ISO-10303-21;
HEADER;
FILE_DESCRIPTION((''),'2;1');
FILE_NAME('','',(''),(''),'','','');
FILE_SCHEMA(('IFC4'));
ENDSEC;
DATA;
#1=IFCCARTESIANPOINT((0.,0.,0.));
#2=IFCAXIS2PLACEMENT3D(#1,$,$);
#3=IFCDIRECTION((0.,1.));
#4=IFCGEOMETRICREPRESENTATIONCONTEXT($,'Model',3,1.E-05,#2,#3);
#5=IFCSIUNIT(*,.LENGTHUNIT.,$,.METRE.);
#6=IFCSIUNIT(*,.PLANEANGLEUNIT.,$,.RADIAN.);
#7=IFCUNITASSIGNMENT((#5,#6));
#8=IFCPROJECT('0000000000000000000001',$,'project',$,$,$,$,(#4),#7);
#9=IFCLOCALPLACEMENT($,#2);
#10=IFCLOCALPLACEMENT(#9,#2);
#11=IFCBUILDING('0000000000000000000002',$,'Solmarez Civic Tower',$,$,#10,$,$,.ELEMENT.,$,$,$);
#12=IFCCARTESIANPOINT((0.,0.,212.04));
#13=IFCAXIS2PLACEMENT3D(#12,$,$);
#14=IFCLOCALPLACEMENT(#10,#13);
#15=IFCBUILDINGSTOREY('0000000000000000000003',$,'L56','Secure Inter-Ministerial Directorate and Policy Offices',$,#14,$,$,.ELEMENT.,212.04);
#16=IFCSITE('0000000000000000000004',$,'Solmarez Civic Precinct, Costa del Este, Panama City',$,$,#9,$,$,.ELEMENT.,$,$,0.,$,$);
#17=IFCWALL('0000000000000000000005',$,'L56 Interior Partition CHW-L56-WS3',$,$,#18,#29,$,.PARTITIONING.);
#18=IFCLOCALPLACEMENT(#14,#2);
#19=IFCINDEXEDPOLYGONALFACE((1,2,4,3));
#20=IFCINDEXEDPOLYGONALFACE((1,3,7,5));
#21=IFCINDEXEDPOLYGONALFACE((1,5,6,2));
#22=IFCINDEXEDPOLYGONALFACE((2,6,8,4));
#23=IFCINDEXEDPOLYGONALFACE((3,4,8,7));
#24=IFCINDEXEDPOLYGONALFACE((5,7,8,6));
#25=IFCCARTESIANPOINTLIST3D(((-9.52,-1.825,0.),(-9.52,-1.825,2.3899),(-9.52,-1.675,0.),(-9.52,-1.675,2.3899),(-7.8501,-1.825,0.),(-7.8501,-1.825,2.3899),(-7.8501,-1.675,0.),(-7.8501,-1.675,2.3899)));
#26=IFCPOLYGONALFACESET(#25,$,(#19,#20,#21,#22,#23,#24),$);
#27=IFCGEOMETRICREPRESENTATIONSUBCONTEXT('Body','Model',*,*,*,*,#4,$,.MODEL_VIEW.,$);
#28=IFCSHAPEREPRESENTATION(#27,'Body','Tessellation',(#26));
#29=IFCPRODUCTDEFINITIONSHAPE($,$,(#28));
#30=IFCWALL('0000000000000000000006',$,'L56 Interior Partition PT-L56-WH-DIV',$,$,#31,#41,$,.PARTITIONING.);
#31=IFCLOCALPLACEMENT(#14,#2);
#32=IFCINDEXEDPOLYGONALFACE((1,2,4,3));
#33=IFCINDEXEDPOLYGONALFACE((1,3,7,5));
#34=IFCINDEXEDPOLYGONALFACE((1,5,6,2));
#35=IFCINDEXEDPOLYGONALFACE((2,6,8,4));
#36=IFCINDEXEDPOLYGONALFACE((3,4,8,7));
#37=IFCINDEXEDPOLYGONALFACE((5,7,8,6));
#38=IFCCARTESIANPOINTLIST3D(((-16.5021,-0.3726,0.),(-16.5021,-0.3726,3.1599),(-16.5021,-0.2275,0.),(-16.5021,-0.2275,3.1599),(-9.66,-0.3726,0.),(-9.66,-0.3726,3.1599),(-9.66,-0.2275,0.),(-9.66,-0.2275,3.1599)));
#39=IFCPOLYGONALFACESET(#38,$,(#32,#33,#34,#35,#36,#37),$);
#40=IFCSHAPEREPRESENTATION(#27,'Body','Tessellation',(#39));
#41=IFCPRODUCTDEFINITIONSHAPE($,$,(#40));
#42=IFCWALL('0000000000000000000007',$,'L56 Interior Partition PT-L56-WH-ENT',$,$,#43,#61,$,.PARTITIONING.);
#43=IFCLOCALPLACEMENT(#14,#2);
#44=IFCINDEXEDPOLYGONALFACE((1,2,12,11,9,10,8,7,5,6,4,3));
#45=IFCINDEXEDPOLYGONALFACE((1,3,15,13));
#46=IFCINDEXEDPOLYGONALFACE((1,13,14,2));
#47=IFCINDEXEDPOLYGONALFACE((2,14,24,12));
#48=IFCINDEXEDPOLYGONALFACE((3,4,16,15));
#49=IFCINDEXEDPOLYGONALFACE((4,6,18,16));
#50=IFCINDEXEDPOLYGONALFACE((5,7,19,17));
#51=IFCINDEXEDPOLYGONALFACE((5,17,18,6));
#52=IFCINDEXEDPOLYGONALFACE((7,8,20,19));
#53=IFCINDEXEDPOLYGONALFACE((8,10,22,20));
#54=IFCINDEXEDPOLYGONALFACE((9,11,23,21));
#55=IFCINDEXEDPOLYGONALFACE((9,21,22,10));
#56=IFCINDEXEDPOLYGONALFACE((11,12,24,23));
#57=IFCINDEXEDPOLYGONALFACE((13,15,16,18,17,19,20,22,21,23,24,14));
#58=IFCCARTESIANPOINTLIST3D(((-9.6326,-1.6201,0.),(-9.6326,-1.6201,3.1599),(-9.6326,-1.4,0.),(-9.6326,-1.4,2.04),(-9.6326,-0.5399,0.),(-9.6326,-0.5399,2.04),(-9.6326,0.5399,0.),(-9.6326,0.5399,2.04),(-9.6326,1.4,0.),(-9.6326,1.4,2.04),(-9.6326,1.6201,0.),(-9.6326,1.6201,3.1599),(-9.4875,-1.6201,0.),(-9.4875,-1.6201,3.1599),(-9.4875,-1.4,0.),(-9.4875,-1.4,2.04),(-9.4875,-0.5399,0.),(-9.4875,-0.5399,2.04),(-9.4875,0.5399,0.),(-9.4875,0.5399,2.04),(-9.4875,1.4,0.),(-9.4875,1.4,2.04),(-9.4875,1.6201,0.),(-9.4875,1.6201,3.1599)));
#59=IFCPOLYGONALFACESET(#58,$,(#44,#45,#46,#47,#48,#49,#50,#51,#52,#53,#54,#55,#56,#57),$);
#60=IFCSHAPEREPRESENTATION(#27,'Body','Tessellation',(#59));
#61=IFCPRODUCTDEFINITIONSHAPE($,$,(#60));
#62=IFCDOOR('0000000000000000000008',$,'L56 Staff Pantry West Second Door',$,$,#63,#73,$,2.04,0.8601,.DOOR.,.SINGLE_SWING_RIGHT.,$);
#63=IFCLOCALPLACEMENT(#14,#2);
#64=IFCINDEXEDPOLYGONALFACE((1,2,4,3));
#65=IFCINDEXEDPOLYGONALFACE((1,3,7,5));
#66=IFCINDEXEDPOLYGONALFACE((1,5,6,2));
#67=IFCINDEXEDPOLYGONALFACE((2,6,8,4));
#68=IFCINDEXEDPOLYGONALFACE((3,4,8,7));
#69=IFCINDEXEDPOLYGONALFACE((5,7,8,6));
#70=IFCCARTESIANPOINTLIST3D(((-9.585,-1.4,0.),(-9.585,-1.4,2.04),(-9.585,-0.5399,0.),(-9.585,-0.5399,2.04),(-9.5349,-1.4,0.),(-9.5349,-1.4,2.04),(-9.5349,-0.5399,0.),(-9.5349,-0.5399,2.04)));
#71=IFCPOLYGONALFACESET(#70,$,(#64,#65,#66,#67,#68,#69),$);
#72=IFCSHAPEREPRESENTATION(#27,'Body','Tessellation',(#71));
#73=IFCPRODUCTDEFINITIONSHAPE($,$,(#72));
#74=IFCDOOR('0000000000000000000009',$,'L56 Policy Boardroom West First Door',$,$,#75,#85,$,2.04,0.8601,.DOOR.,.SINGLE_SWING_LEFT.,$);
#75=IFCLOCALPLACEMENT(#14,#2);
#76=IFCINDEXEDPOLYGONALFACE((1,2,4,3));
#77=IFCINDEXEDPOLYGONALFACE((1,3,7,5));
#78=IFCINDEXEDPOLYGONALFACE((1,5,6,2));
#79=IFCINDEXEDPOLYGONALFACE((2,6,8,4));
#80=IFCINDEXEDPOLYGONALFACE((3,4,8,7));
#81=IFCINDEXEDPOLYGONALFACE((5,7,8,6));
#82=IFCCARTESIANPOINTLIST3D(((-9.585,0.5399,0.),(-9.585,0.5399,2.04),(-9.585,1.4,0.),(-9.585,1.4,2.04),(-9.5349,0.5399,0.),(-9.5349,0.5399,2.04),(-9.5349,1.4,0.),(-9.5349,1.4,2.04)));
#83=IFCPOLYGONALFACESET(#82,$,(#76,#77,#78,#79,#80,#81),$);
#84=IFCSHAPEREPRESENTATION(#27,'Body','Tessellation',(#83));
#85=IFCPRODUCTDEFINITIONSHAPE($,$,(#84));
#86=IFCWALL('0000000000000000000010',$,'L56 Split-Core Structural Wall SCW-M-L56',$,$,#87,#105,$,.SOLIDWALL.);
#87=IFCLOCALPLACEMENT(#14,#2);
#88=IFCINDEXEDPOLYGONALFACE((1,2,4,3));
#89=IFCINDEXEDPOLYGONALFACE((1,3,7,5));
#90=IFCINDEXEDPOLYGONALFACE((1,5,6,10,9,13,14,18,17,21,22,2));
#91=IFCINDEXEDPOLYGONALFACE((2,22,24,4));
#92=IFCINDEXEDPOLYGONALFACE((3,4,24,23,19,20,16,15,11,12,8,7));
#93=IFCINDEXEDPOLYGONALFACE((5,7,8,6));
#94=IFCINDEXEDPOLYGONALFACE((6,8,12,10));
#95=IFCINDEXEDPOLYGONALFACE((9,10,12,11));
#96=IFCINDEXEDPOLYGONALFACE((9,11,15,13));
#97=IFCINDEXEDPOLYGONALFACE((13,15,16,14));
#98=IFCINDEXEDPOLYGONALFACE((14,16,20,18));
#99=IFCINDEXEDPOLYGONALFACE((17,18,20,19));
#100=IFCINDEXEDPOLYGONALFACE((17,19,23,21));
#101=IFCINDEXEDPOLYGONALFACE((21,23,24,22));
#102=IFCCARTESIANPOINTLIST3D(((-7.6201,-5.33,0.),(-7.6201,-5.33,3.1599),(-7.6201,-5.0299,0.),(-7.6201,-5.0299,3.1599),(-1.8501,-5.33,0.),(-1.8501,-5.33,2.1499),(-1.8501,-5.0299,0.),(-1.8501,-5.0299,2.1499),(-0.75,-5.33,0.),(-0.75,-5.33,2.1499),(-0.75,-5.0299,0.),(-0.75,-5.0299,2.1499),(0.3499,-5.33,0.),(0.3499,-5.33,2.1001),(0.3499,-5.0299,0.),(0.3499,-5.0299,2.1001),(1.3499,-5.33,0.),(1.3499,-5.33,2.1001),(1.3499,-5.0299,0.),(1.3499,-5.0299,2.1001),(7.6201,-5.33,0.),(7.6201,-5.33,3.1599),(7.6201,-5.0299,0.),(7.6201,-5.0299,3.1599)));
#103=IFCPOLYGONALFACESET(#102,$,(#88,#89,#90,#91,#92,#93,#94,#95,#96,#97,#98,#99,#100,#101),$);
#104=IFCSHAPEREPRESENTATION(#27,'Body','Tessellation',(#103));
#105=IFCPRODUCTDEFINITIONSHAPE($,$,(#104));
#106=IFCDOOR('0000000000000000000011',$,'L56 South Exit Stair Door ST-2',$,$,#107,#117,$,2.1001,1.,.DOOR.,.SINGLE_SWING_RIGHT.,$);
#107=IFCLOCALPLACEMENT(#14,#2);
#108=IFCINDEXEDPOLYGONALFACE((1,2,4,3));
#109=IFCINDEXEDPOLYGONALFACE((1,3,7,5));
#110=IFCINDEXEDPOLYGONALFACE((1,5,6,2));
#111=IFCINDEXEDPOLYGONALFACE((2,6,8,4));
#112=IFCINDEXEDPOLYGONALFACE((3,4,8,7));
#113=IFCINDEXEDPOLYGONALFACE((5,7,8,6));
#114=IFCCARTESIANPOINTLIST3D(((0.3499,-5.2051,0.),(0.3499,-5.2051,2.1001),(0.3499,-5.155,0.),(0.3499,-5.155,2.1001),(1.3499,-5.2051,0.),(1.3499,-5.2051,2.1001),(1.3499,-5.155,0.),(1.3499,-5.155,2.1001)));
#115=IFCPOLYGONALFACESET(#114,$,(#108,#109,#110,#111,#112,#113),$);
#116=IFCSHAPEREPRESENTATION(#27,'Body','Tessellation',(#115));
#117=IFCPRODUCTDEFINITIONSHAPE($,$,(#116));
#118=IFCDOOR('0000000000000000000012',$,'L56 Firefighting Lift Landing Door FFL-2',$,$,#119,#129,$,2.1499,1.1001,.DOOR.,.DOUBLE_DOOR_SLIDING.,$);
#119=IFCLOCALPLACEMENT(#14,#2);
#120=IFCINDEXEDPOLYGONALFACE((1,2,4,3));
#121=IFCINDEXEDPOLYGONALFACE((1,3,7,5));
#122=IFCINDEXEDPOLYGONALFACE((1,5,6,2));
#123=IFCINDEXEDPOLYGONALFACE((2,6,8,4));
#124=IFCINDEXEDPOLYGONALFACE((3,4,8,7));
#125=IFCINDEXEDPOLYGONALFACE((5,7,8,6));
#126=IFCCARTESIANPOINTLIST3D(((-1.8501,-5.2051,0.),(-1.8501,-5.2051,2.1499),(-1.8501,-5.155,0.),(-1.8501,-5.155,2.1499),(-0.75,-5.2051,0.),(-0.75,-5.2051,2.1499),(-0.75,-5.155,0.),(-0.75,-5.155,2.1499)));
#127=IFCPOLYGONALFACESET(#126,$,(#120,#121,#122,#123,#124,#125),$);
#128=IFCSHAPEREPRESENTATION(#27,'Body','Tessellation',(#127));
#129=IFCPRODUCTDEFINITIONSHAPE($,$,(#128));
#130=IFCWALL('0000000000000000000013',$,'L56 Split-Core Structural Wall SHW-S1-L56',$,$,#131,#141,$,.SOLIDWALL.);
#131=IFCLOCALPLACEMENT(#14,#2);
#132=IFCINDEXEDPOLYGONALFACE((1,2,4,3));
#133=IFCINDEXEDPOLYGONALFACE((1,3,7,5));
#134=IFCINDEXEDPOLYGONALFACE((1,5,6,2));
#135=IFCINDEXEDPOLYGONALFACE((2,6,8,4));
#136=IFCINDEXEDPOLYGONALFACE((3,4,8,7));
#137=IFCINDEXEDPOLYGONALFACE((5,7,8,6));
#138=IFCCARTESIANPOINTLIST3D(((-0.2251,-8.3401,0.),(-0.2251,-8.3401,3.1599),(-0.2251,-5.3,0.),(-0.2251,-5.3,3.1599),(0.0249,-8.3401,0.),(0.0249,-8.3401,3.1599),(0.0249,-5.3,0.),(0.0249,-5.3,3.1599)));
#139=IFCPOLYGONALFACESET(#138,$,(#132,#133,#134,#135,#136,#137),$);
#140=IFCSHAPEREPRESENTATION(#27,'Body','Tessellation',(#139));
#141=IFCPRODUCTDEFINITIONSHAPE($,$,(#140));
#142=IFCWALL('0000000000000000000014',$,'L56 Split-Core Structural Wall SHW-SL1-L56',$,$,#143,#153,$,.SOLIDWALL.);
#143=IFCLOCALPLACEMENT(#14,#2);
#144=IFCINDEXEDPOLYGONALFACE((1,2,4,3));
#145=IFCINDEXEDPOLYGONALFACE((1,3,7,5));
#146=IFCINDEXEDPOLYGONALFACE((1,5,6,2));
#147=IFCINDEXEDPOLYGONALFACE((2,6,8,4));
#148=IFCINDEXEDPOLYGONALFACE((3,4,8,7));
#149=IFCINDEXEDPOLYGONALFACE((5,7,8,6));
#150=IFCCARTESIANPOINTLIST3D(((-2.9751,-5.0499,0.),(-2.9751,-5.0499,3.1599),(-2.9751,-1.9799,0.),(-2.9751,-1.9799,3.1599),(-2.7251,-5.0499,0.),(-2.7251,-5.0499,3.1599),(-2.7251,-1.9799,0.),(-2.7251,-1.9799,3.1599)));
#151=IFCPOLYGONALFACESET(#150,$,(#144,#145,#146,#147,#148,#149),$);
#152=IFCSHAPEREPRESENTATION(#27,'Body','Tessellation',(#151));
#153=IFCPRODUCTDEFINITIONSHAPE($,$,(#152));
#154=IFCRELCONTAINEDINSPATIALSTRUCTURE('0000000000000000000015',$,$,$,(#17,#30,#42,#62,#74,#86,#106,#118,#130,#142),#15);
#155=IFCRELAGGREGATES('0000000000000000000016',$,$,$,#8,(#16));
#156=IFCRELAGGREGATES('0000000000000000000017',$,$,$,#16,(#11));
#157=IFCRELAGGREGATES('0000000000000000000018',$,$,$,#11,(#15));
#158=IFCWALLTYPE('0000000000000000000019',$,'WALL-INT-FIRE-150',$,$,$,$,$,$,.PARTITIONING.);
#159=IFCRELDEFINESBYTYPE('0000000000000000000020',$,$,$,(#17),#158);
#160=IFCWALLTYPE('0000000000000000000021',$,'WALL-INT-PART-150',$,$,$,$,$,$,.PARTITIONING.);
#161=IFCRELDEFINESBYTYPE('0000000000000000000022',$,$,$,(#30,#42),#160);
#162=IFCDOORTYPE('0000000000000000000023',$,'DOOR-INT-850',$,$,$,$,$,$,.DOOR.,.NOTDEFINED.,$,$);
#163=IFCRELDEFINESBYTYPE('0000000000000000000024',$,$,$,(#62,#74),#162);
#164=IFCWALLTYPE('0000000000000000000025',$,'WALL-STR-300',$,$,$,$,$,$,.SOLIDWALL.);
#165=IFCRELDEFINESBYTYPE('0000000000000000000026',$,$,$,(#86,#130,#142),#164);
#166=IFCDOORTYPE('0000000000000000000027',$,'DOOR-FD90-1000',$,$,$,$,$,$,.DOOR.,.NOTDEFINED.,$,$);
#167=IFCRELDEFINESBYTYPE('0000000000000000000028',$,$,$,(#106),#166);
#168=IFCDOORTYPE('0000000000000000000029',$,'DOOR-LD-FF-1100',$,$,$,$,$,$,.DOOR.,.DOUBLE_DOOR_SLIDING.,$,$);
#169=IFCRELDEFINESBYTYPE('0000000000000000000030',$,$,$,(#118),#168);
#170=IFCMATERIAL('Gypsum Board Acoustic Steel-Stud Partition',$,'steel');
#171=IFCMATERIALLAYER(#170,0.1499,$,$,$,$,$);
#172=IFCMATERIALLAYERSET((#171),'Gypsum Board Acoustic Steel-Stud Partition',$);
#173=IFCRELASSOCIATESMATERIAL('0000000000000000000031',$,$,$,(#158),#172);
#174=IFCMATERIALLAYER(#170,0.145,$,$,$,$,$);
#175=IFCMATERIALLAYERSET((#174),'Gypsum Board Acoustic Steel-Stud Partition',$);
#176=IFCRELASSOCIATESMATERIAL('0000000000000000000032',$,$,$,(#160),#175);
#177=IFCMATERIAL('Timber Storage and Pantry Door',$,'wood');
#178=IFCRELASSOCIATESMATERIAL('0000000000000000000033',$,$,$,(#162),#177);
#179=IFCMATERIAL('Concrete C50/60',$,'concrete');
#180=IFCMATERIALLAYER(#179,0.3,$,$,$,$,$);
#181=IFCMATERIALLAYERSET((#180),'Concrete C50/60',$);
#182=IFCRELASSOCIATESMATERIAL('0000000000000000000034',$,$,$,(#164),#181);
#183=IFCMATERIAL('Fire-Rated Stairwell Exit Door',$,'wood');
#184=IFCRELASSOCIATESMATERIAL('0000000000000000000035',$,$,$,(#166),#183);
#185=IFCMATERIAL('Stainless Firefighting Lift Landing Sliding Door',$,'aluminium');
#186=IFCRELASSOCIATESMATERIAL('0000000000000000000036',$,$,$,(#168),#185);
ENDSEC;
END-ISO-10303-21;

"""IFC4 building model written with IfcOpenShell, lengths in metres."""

from ifc_helpers import new_model, si_unit, direction, frame, frame_2d, origin, place, context, subcontext, project, spatial, rectangle, extrude, material, layer, layer_set, type_object, element, fill, save


model = new_model("IFC4")

# Units and contexts
model_context = context("Model", 3, precision=1e-05, world=origin(), true_north=direction((0.0, 1.0)))
body_context = subcontext(model_context, "Body", "Model", "MODEL_VIEW")
ifc_project = project(units=[si_unit("LENGTHUNIT", "METRE"), si_unit("PLANEANGLEUNIT", "RADIAN")], contexts=[model_context])

# Site, building, storey
site_placement = place(None, origin())
site = spatial("IfcSite", under=ifc_project, at=site_placement, Name="Solmarez Civic Precinct, Costa del Este, Panama City", CompositionType="ELEMENT", RefElevation=0.0)
building_placement = place(site_placement, origin())
building = spatial("IfcBuilding", under=site, at=building_placement, Name="Solmarez Civic Tower", CompositionType="ELEMENT")
storey_placement = place(building_placement, frame((0.0, 0.0, 212.04)))
storey = spatial("IfcBuildingStorey", under=building, at=storey_placement, Name="L56", Description="Secure Inter-Ministerial Directorate and Policy Offices", CompositionType="ELEMENT", Elevation=212.04)

# Shared definitions
ifc_material_1 = material(Name="Concrete C50/60", Category="concrete")

# Walls
ifc_material_2 = material(Name="Gypsum Board Acoustic Steel-Stud Partition", Category="steel")
ifc_layer_1 = layer(ifc_material_2, 0.1499)
ifc_layer_set_1 = layer_set([ifc_layer_1], Name="Gypsum Board Acoustic Steel-Stud Partition")
wall_type_1 = type_object("IfcWallType", Name="WALL-INT-FIRE-150", PredefinedType="PARTITIONING", material=ifc_layer_set_1)
wall_1_placement = place(storey_placement, frame((-7.8501, -1.75, 0.0), z_axis=(0.0, 0.0, 1.0), x_axis=(-1.0, 0.0, 0.0)))
element("IfcWall", 1, at=wall_1_placement, inside=storey, type_object=wall_type_1, Name="L56 Interior Partition CHW-L56-WS3", PredefinedType="PARTITIONING", context=body_context, shape_type="SweptSolid", body=[
    extrude(rectangle(XDim=1.6699, YDim=0.1499, at=frame_2d((0.835, 0.0))), origin(), (0.0, 0.0, 1.0), 2.3899),
])
ifc_layer_2 = layer(ifc_material_2, 0.145)
ifc_layer_set_2 = layer_set([ifc_layer_2], Name="Gypsum Board Acoustic Steel-Stud Partition")
wall_type_2 = type_object("IfcWallType", Name="WALL-INT-PART-150", PredefinedType="PARTITIONING", material=ifc_layer_set_2)
wall_2_placement = place(storey_placement, frame((-16.502, -0.3, 0.0), z_axis=(0.0, 0.0, 1.0), x_axis=(1.0, 0.0, 0.0)))
element("IfcWall", 2, at=wall_2_placement, inside=storey, type_object=wall_type_2, Name="L56 Interior Partition PT-L56-WH-DIV", PredefinedType="PARTITIONING", context=body_context, shape_type="SweptSolid", body=[
    extrude(rectangle(XDim=6.842, YDim=0.145, at=frame_2d((3.4209, 0.0))), origin(), (0.0, 0.0, 1.0), 3.1599),
])

# Walls, openings, doors
wall_3_placement = place(storey_placement, frame((-9.5601, -1.6201, 0.0), z_axis=(0.0, 0.0, 1.0), x_axis=(0.0, 1.0, 0.0)))
wall_3 = element("IfcWall", 3, at=wall_3_placement, inside=storey, type_object=wall_type_2, Name="L56 Interior Partition PT-L56-WH-ENT", PredefinedType="PARTITIONING", context=body_context, shape_type="SweptSolid", body=[
    extrude(rectangle(XDim=3.2402, YDim=0.145, at=frame_2d((1.6201, 0.0))), origin(), (0.0, 0.0, 1.0), 3.1599),
])
opening_1_placement = place(wall_3_placement, frame((0.22, 0.0, 0.0)))
opening_1 = element("IfcOpeningElement", 4, at=opening_1_placement, cuts=wall_3, PredefinedType="OPENING", context=body_context, shape_type="SweptSolid", body=[
    extrude(rectangle(XDim=0.8601, YDim=2.04, at=frame_2d((0.4302, 1.02))), frame((0.0, 0.0825, 0.0), z_axis=(0.0, -1.0, 0.0), x_axis=(1.0, 0.0, 0.0)), (0.0, 0.0, 1.0), 0.165),
])
opening_2_placement = place(wall_3_placement, frame((2.1599, 0.0, 0.0)))
opening_2 = element("IfcOpeningElement", 5, at=opening_2_placement, cuts=wall_3, PredefinedType="OPENING", context=body_context, shape_type="SweptSolid", body=[
    extrude(rectangle(XDim=0.8601, YDim=2.04, at=frame_2d((0.4302, 1.02))), frame((0.0, 0.0825, 0.0), z_axis=(0.0, -1.0, 0.0), x_axis=(1.0, 0.0, 0.0)), (0.0, 0.0, 1.0), 0.165),
])
ifc_material_3 = material(Name="Timber Storage and Pantry Door", Category="wood")
door_type_1 = type_object("IfcDoorType", Name="DOOR-INT-850", OperationType="NOTDEFINED", PredefinedType="DOOR", material=ifc_material_3)
door_1_placement = place(opening_1_placement, origin())
door_1 = element("IfcDoor", 6, at=door_1_placement, inside=storey, type_object=door_type_1, Name="L56 Staff Pantry West Second Door", OperationType="SINGLE_SWING_RIGHT", OverallHeight=2.04, OverallWidth=0.8601, PredefinedType="DOOR", context=body_context, shape_type="SweptSolid", body=[
    extrude(rectangle(XDim=0.8601, YDim=2.04, at=frame_2d((0.4302, 1.02))), frame((0.0, 0.0249, 0.0), z_axis=(0.0, -1.0, 0.0), x_axis=(1.0, 0.0, 0.0)), (0.0, 0.0, 1.0), 0.05),
])
fill(opening_1, door_1)
door_2_placement = place(opening_2_placement, origin())
door_2 = element("IfcDoor", 7, at=door_2_placement, inside=storey, type_object=door_type_1, Name="L56 Policy Boardroom West First Door", OperationType="SINGLE_SWING_LEFT", OverallHeight=2.04, OverallWidth=0.8601, PredefinedType="DOOR", context=body_context, shape_type="SweptSolid", body=[
    extrude(rectangle(XDim=0.8601, YDim=2.04, at=frame_2d((0.4302, 1.02))), frame((0.0, 0.0249, 0.0), z_axis=(0.0, -1.0, 0.0), x_axis=(1.0, 0.0, 0.0)), (0.0, 0.0, 1.0), 0.05),
])
fill(opening_2, door_2)
ifc_layer_3 = layer(ifc_material_1, 0.3)
ifc_layer_set_3 = layer_set([ifc_layer_3], Name="Concrete C50/60")
wall_type_3 = type_object("IfcWallType", Name="WALL-STR-300", PredefinedType="SOLIDWALL", material=ifc_layer_set_3)
wall_4_placement = place(storey_placement, frame((-7.6201, -5.1799, 0.0), z_axis=(0.0, 0.0, 1.0), x_axis=(1.0, 0.0, 0.0)))
wall_4 = element("IfcWall", 8, at=wall_4_placement, inside=storey, type_object=wall_type_3, Name="L56 Split-Core Structural Wall SCW-M-L56", PredefinedType="SOLIDWALL", context=body_context, shape_type="SweptSolid", body=[
    extrude(rectangle(XDim=15.2402, YDim=0.3, at=frame_2d((7.6201, 0.0))), origin(), (0.0, 0.0, 1.0), 3.1599),
])
opening_3_placement = place(wall_4_placement, frame((5.77, 0.0, 0.0)))
opening_3 = element("IfcOpeningElement", 9, at=opening_3_placement, cuts=wall_4, PredefinedType="OPENING", context=body_context, shape_type="SweptSolid", body=[
    extrude(rectangle(XDim=1.1001, YDim=2.1499, at=frame_2d((0.55, 1.075))), frame((0.0, 0.1599, 0.0), z_axis=(0.0, -1.0, 0.0), x_axis=(1.0, 0.0, 0.0)), (0.0, 0.0, 1.0), 0.3201),
])
opening_4_placement = place(wall_4_placement, frame((7.97, 0.0, 0.0)))
opening_4 = element("IfcOpeningElement", 10, at=opening_4_placement, cuts=wall_4, PredefinedType="OPENING", context=body_context, shape_type="SweptSolid", body=[
    extrude(rectangle(XDim=1.0, YDim=2.1001, at=frame_2d((0.5, 1.05))), frame((0.0, 0.1599, 0.0), z_axis=(0.0, -1.0, 0.0), x_axis=(1.0, 0.0, 0.0)), (0.0, 0.0, 1.0), 0.3201),
])
ifc_material_4 = material(Name="Fire-Rated Stairwell Exit Door", Category="wood")
door_type_2 = type_object("IfcDoorType", Name="DOOR-FD90-1000", OperationType="NOTDEFINED", PredefinedType="DOOR", material=ifc_material_4)
door_3_placement = place(opening_4_placement, origin())
door_3 = element("IfcDoor", 11, at=door_3_placement, inside=storey, type_object=door_type_2, Name="L56 South Exit Stair Door ST-2", OperationType="SINGLE_SWING_RIGHT", OverallHeight=2.1001, OverallWidth=1.0, PredefinedType="DOOR", context=body_context, shape_type="SweptSolid", body=[
    extrude(rectangle(XDim=1.0, YDim=2.1001, at=frame_2d((0.5, 1.05))), frame((0.0, 0.0249, 0.0), z_axis=(0.0, -1.0, 0.0), x_axis=(1.0, 0.0, 0.0)), (0.0, 0.0, 1.0), 0.05),
])
fill(opening_4, door_3)
ifc_material_5 = material(Name="Stainless Firefighting Lift Landing Sliding Door", Category="aluminium")
door_type_3 = type_object("IfcDoorType", Name="DOOR-LD-FF-1100", OperationType="DOUBLE_DOOR_SLIDING", PredefinedType="DOOR", material=ifc_material_5)
door_4_placement = place(opening_3_placement, origin())
door_4 = element("IfcDoor", 12, at=door_4_placement, inside=storey, type_object=door_type_3, Name="L56 Firefighting Lift Landing Door FFL-2", OperationType="DOUBLE_DOOR_SLIDING", OverallHeight=2.1499, OverallWidth=1.1001, PredefinedType="DOOR", context=body_context, shape_type="SweptSolid", body=[
    extrude(rectangle(XDim=1.1001, YDim=2.1499, at=frame_2d((0.55, 1.075))), frame((0.0, 0.0249, 0.0), z_axis=(0.0, -1.0, 0.0), x_axis=(1.0, 0.0, 0.0)), (0.0, 0.0, 1.0), 0.05),
])
fill(opening_3, door_4)

# Walls
wall_5_placement = place(storey_placement, frame((-0.1001, -8.3401, 0.0), z_axis=(0.0, 0.0, 1.0), x_axis=(0.0, 1.0, 0.0)))
element("IfcWall", 13, at=wall_5_placement, inside=storey, type_object=wall_type_3, Name="L56 Split-Core Structural Wall SHW-S1-L56", PredefinedType="SOLIDWALL", context=body_context, shape_type="SweptSolid", body=[
    extrude(rectangle(XDim=3.04, YDim=0.25, at=frame_2d((1.52, 0.0))), origin(), (0.0, 0.0, 1.0), 3.1599),
])
wall_6_placement = place(storey_placement, frame((-2.8501, -5.05, 0.0), z_axis=(0.0, 0.0, 1.0), x_axis=(0.0, 1.0, 0.0)))
element("IfcWall", 14, at=wall_6_placement, inside=storey, type_object=wall_type_3, Name="L56 Split-Core Structural Wall SHW-SL1-L56", PredefinedType="SOLIDWALL", context=body_context, shape_type="SweptSolid", body=[
    extrude(rectangle(XDim=3.0701, YDim=0.25, at=frame_2d((1.5352, 0.0))), origin(), (0.0, 0.0, 1.0), 3.1599),
])

save(model, "model.ifc")
